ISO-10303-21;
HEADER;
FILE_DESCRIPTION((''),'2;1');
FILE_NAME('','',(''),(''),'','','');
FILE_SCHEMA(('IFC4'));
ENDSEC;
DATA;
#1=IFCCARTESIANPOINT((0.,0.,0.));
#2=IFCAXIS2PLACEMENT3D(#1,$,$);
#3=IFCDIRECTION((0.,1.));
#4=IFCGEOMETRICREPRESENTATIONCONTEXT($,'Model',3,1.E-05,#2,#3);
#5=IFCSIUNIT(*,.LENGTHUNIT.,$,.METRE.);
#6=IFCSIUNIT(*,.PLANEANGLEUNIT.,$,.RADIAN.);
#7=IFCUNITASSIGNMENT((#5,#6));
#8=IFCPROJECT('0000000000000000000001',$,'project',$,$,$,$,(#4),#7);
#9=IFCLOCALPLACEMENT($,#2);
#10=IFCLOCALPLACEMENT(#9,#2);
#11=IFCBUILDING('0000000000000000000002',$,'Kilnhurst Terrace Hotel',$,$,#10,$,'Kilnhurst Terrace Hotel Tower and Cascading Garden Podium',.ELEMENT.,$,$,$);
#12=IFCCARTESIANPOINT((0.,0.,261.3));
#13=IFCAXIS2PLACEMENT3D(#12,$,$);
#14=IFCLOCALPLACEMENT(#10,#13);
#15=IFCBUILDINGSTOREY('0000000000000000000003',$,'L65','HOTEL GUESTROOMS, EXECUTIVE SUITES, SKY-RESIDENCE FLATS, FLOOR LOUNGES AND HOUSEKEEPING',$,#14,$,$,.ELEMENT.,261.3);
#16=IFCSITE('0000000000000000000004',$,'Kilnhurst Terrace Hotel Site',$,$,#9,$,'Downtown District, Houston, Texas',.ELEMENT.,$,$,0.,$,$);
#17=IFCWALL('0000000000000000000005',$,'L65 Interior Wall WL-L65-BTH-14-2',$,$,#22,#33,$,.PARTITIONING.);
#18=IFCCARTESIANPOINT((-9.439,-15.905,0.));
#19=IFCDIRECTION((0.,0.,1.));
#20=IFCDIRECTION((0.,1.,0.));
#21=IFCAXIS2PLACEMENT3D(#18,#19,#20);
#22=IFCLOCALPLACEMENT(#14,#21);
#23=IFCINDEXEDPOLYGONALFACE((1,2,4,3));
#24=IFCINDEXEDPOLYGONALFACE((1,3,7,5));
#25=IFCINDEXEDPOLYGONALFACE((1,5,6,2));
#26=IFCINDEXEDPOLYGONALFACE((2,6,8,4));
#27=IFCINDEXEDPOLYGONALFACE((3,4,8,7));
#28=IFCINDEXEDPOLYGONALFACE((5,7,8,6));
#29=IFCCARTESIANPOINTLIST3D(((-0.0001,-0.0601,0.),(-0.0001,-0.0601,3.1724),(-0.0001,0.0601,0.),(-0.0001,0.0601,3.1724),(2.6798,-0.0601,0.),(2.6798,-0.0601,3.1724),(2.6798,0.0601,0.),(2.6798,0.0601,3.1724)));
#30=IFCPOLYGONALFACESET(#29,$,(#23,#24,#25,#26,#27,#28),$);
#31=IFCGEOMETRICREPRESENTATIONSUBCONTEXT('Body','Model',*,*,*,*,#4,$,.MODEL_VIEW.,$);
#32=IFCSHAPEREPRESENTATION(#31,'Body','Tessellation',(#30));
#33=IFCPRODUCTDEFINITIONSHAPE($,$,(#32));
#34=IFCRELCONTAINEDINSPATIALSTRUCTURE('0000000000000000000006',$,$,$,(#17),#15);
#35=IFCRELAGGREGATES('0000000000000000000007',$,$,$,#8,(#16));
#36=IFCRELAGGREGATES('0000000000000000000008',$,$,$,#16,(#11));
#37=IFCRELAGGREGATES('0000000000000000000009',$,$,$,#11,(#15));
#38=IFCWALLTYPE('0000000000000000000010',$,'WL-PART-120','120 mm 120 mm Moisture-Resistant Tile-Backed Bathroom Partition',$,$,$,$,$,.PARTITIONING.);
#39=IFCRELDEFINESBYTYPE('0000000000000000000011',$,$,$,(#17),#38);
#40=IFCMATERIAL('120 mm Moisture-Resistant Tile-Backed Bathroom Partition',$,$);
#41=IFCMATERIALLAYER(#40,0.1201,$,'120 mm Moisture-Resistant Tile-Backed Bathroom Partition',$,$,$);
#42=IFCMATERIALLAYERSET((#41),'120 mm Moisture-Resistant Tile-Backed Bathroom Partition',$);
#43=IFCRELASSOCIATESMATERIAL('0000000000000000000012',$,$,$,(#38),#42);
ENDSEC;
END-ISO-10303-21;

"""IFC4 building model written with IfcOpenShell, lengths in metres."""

from ifc_helpers import new_model, si_unit, direction, frame, frame_2d, origin, place, context, subcontext, project, spatial, rectangle, extrude, material, layer, layer_set, type_object, element, save


model = new_model("IFC4")

# Units and contexts
model_context = context("Model", 3, precision=1e-05, world=origin(), true_north=direction((0.0, 1.0)))
body_context = subcontext(model_context, "Body", "Model", "MODEL_VIEW")
ifc_project = project(units=[si_unit("LENGTHUNIT", "METRE"), si_unit("PLANEANGLEUNIT", "RADIAN")], contexts=[model_context])

# Site, building, storey
site_placement = place(None, origin())
site = spatial("IfcSite", under=ifc_project, at=site_placement, Name="Kilnhurst Terrace Hotel Site", LongName="Downtown District, Houston, Texas", CompositionType="ELEMENT", RefElevation=0.0)
building_placement = place(site_placement, origin())
building = spatial("IfcBuilding", under=site, at=building_placement, Name="Kilnhurst Terrace Hotel", LongName="Kilnhurst Terrace Hotel Tower and Cascading Garden Podium", CompositionType="ELEMENT")
storey_placement = place(building_placement, frame((0.0, 0.0, 261.3)))
storey = spatial("IfcBuildingStorey", under=building, at=storey_placement, Name="L65", Description="HOTEL GUESTROOMS, EXECUTIVE SUITES, SKY-RESIDENCE FLATS, FLOOR LOUNGES AND HOUSEKEEPING", CompositionType="ELEMENT", Elevation=261.3)

# Shared definitions
ifc_material_1 = material(Name="120 mm Moisture-Resistant Tile-Backed Bathroom Partition")
ifc_layer_1 = layer(ifc_material_1, 0.1201, Name="120 mm Moisture-Resistant Tile-Backed Bathroom Partition")
ifc_layer_set_1 = layer_set([ifc_layer_1], Name="120 mm Moisture-Resistant Tile-Backed Bathroom Partition")
wall_type_1 = type_object("IfcWallType", Name="WL-PART-120", Description="120 mm 120 mm Moisture-Resistant Tile-Backed Bathroom Partition", PredefinedType="PARTITIONING", material=ifc_layer_set_1)

# Wall
wall_1_placement = place(storey_placement, frame((-9.439, -15.905, 0.0), z_axis=(0.0, 0.0, 1.0), x_axis=(0.0, 1.0, 0.0)))
element("IfcWall", 1, at=wall_1_placement, inside=storey, type_object=wall_type_1, Name="L65 Interior Wall WL-L65-BTH-14-2", PredefinedType="PARTITIONING", context=body_context, shape_type="SweptSolid", body=[
    extrude(rectangle(XDim=2.6799, YDim=0.1201, at=frame_2d((1.3398, 0.0))), origin(), (0.0, 0.0, 1.0), 3.1724),
])

save(model, "model.ifc")
